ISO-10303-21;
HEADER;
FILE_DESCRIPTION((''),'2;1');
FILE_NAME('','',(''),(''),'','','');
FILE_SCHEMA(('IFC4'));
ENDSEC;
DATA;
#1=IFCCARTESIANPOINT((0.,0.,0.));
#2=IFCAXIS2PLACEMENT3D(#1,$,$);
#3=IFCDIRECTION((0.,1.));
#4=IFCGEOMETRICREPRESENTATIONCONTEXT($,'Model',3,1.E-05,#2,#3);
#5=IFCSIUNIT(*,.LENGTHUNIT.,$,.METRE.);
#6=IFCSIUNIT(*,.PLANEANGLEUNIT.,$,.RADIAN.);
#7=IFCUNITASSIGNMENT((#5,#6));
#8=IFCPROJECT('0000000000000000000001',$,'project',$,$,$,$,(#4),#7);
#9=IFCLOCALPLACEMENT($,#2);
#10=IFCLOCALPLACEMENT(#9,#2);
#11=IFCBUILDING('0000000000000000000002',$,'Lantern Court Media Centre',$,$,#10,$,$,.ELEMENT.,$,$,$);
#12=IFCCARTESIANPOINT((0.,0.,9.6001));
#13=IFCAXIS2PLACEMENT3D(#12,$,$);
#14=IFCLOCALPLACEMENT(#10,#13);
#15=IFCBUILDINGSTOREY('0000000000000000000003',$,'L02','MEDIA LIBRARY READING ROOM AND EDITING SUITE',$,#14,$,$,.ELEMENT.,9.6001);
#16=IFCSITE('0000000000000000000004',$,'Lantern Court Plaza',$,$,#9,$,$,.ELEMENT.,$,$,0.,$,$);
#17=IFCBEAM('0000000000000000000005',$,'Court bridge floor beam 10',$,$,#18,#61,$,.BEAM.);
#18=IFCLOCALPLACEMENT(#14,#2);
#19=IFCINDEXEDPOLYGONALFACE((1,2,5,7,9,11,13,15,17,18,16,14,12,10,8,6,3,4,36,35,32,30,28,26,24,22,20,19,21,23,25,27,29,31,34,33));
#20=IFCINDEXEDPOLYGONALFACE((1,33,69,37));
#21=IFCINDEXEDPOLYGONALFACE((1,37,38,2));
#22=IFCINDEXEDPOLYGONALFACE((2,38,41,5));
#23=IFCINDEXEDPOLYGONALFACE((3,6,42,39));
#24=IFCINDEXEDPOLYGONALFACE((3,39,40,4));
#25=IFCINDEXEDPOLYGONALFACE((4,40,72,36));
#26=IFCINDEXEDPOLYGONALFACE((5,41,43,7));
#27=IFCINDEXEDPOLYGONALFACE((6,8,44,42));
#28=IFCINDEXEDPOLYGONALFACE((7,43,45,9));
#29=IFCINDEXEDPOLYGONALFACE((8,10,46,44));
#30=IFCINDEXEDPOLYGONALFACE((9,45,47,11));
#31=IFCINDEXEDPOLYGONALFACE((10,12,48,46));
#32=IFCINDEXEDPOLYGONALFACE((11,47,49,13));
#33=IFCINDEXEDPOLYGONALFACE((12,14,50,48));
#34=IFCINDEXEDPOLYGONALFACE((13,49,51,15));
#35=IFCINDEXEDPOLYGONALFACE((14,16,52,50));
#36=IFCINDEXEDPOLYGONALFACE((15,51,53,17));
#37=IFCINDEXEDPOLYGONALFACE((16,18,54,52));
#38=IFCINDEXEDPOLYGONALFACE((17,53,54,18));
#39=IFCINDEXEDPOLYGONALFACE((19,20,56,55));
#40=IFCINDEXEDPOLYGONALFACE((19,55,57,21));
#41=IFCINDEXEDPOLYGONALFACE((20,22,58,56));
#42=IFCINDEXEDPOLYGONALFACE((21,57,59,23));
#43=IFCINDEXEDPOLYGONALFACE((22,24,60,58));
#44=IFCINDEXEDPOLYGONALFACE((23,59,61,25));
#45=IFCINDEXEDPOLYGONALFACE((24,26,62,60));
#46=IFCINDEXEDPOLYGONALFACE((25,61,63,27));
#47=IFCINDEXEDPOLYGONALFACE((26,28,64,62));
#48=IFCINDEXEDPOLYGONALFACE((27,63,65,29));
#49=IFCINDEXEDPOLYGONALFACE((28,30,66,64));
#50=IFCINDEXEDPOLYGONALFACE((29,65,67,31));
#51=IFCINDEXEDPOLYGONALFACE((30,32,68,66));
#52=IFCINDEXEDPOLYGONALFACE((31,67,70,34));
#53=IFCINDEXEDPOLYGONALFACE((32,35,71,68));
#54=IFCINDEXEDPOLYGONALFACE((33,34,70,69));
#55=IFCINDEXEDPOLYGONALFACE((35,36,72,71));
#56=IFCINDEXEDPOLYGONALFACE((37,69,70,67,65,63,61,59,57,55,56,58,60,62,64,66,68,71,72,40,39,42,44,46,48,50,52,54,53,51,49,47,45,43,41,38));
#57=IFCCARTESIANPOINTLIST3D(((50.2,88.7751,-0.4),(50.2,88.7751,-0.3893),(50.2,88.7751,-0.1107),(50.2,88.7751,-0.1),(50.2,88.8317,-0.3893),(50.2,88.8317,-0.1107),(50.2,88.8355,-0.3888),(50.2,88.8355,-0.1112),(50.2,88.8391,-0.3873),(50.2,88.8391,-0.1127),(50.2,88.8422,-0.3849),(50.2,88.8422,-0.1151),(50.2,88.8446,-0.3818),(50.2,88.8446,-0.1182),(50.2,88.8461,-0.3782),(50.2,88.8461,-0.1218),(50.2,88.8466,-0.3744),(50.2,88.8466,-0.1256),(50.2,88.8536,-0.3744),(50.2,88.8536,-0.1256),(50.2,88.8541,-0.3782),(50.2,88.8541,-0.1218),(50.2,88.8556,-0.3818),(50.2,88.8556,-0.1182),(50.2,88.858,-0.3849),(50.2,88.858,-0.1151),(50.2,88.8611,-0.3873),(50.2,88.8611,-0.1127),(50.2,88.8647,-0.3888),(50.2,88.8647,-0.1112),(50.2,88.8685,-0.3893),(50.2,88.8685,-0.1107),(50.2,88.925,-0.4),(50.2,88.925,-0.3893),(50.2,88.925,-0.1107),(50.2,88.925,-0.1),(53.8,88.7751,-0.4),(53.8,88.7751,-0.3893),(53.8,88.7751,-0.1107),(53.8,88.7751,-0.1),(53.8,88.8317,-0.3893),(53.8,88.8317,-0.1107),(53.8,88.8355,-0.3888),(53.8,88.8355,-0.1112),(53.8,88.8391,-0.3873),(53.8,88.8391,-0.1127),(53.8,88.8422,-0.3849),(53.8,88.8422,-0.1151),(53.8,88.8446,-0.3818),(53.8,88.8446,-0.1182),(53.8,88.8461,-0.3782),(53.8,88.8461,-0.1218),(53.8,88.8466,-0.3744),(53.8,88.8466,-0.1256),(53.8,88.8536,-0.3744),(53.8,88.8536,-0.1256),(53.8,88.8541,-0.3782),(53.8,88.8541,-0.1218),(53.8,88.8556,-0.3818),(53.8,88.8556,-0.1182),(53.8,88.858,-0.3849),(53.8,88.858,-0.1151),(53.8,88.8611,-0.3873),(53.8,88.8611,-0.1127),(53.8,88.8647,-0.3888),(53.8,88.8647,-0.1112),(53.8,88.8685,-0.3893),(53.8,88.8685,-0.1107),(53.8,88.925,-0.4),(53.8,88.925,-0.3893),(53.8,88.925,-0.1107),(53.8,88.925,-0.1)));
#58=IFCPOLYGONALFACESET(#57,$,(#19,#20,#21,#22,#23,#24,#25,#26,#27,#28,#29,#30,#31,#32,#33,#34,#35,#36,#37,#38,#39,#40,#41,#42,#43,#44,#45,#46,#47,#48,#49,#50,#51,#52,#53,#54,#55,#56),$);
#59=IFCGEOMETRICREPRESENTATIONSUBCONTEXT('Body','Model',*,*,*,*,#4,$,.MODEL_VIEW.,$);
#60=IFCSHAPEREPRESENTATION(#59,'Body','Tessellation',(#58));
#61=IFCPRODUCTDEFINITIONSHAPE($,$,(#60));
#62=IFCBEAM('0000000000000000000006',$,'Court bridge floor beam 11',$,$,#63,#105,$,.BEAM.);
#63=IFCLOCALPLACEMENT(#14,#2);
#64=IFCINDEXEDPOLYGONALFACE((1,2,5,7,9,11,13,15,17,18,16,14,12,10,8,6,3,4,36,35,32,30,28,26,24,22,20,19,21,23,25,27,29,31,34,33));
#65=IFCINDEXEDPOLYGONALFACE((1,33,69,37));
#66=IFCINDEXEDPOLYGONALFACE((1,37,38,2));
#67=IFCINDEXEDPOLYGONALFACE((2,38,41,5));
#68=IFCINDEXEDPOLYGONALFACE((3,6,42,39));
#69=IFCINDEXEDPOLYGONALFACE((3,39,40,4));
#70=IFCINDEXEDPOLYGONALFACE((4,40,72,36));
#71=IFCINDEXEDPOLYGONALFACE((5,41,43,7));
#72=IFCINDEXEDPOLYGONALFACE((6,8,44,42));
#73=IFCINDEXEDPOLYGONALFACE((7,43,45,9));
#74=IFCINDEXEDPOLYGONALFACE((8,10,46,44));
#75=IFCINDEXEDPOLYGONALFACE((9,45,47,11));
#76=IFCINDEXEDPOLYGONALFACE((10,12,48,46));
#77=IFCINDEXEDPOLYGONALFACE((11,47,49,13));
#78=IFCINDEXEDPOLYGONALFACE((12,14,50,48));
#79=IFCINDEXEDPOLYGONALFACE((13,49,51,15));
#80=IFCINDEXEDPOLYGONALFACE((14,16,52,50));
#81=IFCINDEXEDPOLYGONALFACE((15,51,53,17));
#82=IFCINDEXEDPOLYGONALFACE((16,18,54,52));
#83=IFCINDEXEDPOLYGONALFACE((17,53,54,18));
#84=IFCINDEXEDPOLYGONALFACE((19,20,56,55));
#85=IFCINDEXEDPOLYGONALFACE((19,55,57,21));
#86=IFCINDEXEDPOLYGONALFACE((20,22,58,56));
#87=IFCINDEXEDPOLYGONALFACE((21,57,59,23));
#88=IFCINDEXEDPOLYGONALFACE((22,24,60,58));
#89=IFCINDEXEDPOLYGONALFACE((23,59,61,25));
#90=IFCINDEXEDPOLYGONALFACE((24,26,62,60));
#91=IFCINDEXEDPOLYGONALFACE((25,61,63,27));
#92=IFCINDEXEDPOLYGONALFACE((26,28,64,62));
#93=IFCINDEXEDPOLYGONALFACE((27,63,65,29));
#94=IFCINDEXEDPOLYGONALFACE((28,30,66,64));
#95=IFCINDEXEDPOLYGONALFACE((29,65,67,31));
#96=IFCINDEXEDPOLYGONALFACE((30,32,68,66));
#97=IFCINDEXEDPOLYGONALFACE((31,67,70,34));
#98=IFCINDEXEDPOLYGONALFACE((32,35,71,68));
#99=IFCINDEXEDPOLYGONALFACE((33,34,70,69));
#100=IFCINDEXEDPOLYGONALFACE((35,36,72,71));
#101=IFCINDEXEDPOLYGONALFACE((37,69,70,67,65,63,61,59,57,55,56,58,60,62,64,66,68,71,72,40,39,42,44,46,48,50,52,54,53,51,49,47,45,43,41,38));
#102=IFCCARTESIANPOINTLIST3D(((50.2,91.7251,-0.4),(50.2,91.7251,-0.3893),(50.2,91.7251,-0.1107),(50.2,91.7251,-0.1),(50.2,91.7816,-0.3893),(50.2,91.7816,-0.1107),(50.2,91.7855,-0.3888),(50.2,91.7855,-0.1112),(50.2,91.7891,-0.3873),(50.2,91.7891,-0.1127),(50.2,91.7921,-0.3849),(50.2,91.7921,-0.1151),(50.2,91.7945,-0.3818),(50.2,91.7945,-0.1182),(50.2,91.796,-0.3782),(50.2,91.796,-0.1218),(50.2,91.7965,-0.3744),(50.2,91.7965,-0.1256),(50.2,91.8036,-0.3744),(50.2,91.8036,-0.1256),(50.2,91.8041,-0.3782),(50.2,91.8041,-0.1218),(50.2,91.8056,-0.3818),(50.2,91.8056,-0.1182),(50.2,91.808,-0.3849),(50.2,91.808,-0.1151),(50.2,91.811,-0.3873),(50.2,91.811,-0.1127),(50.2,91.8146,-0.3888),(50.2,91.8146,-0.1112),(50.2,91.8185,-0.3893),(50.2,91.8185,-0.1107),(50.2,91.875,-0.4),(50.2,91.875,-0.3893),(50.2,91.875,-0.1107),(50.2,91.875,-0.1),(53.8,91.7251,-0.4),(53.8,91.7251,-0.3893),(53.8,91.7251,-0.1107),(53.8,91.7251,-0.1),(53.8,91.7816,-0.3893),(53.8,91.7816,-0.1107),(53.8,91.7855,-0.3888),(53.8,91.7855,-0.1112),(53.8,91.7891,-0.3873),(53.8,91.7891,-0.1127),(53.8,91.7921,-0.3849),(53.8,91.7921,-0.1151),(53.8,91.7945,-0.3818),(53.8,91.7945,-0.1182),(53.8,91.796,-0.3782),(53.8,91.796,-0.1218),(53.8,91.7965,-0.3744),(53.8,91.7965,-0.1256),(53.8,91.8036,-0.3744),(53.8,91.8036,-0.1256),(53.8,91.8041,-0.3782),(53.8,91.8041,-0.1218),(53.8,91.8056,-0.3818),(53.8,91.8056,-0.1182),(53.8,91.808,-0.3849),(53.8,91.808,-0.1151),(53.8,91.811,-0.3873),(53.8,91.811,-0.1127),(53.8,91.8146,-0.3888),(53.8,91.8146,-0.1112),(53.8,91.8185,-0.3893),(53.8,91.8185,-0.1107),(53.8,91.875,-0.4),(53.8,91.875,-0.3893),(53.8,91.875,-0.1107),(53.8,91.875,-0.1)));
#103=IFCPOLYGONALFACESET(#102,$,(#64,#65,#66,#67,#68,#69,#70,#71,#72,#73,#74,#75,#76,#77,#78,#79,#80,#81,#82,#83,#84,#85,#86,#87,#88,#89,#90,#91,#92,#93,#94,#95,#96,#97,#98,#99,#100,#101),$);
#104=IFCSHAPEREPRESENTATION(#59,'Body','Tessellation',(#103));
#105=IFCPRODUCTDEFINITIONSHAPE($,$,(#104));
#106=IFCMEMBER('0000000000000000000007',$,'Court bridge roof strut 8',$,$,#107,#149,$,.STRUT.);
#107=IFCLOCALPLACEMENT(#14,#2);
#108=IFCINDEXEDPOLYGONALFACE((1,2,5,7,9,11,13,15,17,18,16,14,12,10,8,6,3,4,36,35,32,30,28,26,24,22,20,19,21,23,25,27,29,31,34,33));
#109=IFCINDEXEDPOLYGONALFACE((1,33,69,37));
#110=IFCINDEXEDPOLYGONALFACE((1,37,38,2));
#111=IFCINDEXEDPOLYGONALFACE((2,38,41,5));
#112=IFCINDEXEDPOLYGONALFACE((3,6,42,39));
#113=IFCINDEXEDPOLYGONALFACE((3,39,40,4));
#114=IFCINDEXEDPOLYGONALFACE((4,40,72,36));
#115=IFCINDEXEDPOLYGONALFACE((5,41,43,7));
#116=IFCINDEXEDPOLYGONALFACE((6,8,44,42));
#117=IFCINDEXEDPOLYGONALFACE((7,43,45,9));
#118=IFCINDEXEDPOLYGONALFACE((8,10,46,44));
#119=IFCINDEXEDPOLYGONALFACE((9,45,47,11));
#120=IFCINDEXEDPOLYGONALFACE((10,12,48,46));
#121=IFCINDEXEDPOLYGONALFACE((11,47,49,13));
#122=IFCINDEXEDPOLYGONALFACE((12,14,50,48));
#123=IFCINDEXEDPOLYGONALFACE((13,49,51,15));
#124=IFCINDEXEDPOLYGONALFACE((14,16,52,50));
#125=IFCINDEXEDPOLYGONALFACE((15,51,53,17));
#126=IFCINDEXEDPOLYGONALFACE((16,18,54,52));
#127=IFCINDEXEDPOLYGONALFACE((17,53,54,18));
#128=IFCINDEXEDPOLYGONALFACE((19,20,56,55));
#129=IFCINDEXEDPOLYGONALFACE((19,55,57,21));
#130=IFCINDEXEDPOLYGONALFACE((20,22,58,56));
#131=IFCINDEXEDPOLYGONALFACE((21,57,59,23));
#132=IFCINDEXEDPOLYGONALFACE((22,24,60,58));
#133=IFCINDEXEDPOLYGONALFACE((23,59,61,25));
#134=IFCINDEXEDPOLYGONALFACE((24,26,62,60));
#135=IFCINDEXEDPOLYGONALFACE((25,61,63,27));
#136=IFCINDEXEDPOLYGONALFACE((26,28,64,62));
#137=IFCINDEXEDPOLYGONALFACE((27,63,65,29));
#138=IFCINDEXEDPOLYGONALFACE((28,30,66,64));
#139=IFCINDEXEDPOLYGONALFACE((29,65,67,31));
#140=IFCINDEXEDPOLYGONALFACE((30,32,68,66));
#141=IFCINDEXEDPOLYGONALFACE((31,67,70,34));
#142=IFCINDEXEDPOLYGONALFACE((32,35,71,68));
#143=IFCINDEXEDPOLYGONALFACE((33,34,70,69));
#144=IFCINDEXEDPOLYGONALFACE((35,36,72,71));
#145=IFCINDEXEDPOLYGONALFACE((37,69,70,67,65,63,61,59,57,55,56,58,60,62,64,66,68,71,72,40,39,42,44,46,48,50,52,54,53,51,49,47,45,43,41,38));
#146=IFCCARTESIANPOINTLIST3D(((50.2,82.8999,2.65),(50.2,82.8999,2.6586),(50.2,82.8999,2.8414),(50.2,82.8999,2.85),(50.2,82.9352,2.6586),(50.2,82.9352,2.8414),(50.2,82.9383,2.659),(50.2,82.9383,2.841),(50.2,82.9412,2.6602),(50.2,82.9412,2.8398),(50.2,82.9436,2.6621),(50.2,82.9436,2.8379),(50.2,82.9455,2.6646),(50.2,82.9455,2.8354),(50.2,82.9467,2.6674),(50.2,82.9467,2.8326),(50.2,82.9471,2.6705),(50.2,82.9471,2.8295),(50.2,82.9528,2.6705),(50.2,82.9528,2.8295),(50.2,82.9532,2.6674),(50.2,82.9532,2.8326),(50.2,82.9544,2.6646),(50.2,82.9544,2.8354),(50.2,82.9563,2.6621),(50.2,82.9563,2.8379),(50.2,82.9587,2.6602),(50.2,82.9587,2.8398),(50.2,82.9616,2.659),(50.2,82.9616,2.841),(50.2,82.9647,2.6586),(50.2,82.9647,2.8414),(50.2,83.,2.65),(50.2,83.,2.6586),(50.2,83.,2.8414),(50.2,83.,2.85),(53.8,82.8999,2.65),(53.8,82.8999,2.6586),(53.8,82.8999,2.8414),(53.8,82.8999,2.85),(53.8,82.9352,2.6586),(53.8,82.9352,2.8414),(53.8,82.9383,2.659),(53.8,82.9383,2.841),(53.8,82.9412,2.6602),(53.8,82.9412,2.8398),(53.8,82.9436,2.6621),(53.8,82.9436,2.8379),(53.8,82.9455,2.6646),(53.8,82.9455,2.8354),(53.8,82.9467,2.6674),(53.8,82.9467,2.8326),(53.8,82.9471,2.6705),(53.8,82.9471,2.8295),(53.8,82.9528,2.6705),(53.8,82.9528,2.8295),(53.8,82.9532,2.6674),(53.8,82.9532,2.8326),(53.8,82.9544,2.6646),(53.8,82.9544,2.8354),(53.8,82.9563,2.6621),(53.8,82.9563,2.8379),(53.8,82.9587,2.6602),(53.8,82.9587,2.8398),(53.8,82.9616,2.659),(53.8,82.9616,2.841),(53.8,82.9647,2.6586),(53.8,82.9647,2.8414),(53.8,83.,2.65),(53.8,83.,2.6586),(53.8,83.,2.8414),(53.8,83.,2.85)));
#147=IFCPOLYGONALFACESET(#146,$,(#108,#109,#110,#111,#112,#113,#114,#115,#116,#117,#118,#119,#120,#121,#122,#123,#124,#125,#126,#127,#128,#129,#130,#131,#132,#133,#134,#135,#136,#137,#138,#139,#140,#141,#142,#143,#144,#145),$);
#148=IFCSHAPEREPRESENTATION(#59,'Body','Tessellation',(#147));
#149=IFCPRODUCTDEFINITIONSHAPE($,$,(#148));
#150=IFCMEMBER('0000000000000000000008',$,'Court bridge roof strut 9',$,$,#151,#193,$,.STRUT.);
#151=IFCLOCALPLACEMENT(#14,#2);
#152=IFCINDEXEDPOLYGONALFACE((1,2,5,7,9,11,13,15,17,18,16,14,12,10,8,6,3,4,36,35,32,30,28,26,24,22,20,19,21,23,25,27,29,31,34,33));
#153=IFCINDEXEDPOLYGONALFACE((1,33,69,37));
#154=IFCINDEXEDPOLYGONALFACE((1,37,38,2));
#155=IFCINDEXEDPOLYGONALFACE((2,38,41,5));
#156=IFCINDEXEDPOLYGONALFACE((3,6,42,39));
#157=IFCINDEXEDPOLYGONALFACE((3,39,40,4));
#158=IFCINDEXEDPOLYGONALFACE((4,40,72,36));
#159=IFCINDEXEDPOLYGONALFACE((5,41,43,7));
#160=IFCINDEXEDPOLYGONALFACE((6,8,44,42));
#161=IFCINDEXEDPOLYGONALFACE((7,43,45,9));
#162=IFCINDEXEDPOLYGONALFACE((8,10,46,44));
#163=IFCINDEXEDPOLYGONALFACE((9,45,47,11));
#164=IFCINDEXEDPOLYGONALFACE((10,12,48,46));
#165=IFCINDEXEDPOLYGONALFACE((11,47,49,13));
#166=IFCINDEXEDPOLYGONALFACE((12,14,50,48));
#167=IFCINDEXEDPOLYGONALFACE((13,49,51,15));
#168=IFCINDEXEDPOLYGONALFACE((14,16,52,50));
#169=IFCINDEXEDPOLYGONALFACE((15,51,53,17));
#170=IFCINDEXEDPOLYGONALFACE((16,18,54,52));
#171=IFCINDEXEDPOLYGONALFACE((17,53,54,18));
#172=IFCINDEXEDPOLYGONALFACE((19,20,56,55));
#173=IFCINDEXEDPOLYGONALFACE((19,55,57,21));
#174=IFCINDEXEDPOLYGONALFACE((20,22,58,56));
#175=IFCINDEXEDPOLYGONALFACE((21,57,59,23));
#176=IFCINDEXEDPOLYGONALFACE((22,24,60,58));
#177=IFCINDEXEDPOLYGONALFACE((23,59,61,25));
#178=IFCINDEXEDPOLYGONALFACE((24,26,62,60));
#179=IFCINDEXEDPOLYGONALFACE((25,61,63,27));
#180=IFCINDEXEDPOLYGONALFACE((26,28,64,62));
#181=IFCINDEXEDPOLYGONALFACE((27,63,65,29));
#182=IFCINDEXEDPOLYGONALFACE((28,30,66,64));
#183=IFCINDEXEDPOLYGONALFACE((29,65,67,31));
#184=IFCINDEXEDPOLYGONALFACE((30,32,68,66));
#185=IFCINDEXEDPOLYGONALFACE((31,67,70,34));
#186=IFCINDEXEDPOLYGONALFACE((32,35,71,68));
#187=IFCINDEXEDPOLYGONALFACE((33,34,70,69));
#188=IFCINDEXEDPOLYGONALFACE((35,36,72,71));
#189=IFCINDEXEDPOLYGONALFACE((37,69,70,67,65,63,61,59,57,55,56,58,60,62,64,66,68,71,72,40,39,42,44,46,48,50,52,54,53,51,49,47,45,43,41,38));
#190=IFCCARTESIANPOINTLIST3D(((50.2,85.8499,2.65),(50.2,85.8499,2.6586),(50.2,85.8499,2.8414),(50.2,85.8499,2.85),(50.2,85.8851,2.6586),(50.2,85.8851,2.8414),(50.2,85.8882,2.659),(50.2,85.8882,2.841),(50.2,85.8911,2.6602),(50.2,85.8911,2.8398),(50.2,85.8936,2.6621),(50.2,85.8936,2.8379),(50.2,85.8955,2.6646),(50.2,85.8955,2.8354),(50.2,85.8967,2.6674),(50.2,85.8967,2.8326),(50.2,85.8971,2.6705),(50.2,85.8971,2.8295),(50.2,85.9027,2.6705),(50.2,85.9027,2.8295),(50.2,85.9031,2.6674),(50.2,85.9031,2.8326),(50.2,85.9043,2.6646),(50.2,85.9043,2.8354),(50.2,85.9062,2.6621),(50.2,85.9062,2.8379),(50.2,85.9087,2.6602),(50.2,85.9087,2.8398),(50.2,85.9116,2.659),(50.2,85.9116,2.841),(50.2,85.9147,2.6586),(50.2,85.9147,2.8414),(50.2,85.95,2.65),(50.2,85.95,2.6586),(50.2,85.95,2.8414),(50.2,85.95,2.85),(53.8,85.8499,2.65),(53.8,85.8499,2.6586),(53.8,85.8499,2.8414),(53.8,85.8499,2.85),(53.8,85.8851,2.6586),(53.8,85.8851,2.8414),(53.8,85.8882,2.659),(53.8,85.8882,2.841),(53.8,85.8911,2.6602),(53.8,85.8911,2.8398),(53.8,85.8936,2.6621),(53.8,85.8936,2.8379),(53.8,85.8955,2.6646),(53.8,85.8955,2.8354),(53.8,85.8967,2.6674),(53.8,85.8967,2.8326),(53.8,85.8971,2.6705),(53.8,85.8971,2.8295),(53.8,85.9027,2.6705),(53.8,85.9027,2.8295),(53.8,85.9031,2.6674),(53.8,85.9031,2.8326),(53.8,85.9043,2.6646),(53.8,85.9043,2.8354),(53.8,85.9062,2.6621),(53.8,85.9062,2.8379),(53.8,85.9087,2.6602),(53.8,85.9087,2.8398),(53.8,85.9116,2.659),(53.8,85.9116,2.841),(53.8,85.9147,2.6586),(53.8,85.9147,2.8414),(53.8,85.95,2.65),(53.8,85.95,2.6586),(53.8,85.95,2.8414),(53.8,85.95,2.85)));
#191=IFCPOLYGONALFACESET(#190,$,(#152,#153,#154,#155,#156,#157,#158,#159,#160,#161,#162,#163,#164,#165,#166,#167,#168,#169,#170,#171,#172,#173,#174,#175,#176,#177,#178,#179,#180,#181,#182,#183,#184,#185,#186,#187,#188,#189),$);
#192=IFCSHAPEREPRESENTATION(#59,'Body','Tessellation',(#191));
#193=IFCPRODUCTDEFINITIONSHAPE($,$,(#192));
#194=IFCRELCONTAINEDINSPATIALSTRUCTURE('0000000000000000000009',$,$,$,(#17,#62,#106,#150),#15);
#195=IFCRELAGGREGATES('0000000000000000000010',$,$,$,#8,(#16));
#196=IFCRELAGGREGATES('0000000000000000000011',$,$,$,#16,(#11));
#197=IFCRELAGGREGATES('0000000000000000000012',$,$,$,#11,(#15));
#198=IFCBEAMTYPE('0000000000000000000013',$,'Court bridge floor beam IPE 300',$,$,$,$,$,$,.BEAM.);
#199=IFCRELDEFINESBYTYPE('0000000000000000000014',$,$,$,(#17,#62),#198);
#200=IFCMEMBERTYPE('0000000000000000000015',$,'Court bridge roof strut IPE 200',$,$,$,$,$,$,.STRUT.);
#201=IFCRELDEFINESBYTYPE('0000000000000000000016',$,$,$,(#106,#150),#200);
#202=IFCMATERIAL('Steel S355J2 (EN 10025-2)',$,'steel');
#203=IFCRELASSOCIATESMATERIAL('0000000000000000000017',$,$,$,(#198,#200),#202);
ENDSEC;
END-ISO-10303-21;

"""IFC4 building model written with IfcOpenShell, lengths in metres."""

from ifc_helpers import new_model, si_unit, direction, frame, origin, origin_2d, place, context, subcontext, project, spatial, i_section, extrude, material, material_profile, profile_set, type_object, element, save


model = new_model("IFC4")

# Units and contexts
model_context = context("Model", 3, precision=1e-05, world=origin(), true_north=direction((0.0, 1.0)))
body_context = subcontext(model_context, "Body", "Model", "MODEL_VIEW")
ifc_project = project(units=[si_unit("LENGTHUNIT", "METRE"), si_unit("PLANEANGLEUNIT", "RADIAN")], contexts=[model_context])

# Site, building, storey
site_placement = place(None, origin())
site = spatial("IfcSite", under=ifc_project, at=site_placement, Name="Lantern Court Plaza", CompositionType="ELEMENT", RefElevation=0.0)
building_placement = place(site_placement, origin())
building = spatial("IfcBuilding", under=site, at=building_placement, Name="Lantern Court Media Centre", CompositionType="ELEMENT")
storey_placement = place(building_placement, frame((0.0, 0.0, 9.6001)))
storey = spatial("IfcBuildingStorey", under=building, at=storey_placement, Name="L02", Description="MEDIA LIBRARY READING ROOM AND EDITING SUITE", CompositionType="ELEMENT", Elevation=9.6001)

# Shared definitions
ifc_material = material(Name="Steel S355J2 (EN 10025-2)", Category="steel")

# Beams
ifc_material_profile_1 = material_profile(ifc_material, i_section(OverallWidth=0.1499, OverallDepth=0.3, WebThickness=0.0071, FlangeThickness=0.0107, FilletRadius=0.0149, at=origin_2d()), Name="IPE 300")
ifc_profile_set_1 = profile_set([ifc_material_profile_1], Name="Steel S355J2 (EN 10025-2)")
beam_type = type_object("IfcBeamType", Name="Court bridge floor beam IPE 300", PredefinedType="BEAM", material=ifc_profile_set_1)
for number, where, z_axis, x_axis, name in (
    (1, (50.2, 88.8501, -0.25), (1.0, 0.0, 0.0), (0.0, 1.0, 0.0), "Court bridge floor beam 10"),
    (2, (50.2, 91.8, -0.25), (1.0, 0.0, 0.0), (0.0, 1.0, 0.0), "Court bridge floor beam 11"),
):
    element("IfcBeam", number, at=place(storey_placement, frame(where, z_axis=z_axis, x_axis=x_axis)), inside=storey, type_object=beam_type, Name=name, PredefinedType="BEAM", context=body_context, shape_type="SweptSolid", body=[
        extrude(i_section(OverallWidth=0.1499, OverallDepth=0.3, WebThickness=0.0071, FlangeThickness=0.0107, FilletRadius=0.0149, at=origin_2d()), origin(), (0.0, 0.0, 1.0), 3.6001),
    ])

# Members
ifc_material_profile_2 = material_profile(ifc_material, i_section(OverallWidth=0.1001, OverallDepth=0.2, WebThickness=0.0056, FlangeThickness=0.0085, FilletRadius=0.012, at=origin_2d()), Name="IPE 200")
ifc_profile_set_2 = profile_set([ifc_material_profile_2], Name="Steel S355J2 (EN 10025-2)")
member_type_1 = type_object("IfcMemberType", Name="Court bridge roof strut IPE 200", PredefinedType="STRUT", material=ifc_profile_set_2)
for number, where, z_axis, x_axis, name in (
    (3, (50.2, 82.95, 2.75), (1.0, 0.0, 0.0), (0.0, 1.0, 0.0), "Court bridge roof strut 8"),
    (4, (50.2, 85.8999, 2.75), (1.0, 0.0, 0.0), (0.0, 1.0, 0.0), "Court bridge roof strut 9"),
):
    element("IfcMember", number, at=place(storey_placement, frame(where, z_axis=z_axis, x_axis=x_axis)), inside=storey, type_object=member_type_1, Name=name, PredefinedType="STRUT", context=body_context, shape_type="SweptSolid", body=[
        extrude(i_section(OverallWidth=0.1001, OverallDepth=0.2, WebThickness=0.0056, FlangeThickness=0.0085, FilletRadius=0.012, at=origin_2d()), origin(), (0.0, 0.0, 1.0), 3.6001),
    ])

save(model, "model.ifc")
